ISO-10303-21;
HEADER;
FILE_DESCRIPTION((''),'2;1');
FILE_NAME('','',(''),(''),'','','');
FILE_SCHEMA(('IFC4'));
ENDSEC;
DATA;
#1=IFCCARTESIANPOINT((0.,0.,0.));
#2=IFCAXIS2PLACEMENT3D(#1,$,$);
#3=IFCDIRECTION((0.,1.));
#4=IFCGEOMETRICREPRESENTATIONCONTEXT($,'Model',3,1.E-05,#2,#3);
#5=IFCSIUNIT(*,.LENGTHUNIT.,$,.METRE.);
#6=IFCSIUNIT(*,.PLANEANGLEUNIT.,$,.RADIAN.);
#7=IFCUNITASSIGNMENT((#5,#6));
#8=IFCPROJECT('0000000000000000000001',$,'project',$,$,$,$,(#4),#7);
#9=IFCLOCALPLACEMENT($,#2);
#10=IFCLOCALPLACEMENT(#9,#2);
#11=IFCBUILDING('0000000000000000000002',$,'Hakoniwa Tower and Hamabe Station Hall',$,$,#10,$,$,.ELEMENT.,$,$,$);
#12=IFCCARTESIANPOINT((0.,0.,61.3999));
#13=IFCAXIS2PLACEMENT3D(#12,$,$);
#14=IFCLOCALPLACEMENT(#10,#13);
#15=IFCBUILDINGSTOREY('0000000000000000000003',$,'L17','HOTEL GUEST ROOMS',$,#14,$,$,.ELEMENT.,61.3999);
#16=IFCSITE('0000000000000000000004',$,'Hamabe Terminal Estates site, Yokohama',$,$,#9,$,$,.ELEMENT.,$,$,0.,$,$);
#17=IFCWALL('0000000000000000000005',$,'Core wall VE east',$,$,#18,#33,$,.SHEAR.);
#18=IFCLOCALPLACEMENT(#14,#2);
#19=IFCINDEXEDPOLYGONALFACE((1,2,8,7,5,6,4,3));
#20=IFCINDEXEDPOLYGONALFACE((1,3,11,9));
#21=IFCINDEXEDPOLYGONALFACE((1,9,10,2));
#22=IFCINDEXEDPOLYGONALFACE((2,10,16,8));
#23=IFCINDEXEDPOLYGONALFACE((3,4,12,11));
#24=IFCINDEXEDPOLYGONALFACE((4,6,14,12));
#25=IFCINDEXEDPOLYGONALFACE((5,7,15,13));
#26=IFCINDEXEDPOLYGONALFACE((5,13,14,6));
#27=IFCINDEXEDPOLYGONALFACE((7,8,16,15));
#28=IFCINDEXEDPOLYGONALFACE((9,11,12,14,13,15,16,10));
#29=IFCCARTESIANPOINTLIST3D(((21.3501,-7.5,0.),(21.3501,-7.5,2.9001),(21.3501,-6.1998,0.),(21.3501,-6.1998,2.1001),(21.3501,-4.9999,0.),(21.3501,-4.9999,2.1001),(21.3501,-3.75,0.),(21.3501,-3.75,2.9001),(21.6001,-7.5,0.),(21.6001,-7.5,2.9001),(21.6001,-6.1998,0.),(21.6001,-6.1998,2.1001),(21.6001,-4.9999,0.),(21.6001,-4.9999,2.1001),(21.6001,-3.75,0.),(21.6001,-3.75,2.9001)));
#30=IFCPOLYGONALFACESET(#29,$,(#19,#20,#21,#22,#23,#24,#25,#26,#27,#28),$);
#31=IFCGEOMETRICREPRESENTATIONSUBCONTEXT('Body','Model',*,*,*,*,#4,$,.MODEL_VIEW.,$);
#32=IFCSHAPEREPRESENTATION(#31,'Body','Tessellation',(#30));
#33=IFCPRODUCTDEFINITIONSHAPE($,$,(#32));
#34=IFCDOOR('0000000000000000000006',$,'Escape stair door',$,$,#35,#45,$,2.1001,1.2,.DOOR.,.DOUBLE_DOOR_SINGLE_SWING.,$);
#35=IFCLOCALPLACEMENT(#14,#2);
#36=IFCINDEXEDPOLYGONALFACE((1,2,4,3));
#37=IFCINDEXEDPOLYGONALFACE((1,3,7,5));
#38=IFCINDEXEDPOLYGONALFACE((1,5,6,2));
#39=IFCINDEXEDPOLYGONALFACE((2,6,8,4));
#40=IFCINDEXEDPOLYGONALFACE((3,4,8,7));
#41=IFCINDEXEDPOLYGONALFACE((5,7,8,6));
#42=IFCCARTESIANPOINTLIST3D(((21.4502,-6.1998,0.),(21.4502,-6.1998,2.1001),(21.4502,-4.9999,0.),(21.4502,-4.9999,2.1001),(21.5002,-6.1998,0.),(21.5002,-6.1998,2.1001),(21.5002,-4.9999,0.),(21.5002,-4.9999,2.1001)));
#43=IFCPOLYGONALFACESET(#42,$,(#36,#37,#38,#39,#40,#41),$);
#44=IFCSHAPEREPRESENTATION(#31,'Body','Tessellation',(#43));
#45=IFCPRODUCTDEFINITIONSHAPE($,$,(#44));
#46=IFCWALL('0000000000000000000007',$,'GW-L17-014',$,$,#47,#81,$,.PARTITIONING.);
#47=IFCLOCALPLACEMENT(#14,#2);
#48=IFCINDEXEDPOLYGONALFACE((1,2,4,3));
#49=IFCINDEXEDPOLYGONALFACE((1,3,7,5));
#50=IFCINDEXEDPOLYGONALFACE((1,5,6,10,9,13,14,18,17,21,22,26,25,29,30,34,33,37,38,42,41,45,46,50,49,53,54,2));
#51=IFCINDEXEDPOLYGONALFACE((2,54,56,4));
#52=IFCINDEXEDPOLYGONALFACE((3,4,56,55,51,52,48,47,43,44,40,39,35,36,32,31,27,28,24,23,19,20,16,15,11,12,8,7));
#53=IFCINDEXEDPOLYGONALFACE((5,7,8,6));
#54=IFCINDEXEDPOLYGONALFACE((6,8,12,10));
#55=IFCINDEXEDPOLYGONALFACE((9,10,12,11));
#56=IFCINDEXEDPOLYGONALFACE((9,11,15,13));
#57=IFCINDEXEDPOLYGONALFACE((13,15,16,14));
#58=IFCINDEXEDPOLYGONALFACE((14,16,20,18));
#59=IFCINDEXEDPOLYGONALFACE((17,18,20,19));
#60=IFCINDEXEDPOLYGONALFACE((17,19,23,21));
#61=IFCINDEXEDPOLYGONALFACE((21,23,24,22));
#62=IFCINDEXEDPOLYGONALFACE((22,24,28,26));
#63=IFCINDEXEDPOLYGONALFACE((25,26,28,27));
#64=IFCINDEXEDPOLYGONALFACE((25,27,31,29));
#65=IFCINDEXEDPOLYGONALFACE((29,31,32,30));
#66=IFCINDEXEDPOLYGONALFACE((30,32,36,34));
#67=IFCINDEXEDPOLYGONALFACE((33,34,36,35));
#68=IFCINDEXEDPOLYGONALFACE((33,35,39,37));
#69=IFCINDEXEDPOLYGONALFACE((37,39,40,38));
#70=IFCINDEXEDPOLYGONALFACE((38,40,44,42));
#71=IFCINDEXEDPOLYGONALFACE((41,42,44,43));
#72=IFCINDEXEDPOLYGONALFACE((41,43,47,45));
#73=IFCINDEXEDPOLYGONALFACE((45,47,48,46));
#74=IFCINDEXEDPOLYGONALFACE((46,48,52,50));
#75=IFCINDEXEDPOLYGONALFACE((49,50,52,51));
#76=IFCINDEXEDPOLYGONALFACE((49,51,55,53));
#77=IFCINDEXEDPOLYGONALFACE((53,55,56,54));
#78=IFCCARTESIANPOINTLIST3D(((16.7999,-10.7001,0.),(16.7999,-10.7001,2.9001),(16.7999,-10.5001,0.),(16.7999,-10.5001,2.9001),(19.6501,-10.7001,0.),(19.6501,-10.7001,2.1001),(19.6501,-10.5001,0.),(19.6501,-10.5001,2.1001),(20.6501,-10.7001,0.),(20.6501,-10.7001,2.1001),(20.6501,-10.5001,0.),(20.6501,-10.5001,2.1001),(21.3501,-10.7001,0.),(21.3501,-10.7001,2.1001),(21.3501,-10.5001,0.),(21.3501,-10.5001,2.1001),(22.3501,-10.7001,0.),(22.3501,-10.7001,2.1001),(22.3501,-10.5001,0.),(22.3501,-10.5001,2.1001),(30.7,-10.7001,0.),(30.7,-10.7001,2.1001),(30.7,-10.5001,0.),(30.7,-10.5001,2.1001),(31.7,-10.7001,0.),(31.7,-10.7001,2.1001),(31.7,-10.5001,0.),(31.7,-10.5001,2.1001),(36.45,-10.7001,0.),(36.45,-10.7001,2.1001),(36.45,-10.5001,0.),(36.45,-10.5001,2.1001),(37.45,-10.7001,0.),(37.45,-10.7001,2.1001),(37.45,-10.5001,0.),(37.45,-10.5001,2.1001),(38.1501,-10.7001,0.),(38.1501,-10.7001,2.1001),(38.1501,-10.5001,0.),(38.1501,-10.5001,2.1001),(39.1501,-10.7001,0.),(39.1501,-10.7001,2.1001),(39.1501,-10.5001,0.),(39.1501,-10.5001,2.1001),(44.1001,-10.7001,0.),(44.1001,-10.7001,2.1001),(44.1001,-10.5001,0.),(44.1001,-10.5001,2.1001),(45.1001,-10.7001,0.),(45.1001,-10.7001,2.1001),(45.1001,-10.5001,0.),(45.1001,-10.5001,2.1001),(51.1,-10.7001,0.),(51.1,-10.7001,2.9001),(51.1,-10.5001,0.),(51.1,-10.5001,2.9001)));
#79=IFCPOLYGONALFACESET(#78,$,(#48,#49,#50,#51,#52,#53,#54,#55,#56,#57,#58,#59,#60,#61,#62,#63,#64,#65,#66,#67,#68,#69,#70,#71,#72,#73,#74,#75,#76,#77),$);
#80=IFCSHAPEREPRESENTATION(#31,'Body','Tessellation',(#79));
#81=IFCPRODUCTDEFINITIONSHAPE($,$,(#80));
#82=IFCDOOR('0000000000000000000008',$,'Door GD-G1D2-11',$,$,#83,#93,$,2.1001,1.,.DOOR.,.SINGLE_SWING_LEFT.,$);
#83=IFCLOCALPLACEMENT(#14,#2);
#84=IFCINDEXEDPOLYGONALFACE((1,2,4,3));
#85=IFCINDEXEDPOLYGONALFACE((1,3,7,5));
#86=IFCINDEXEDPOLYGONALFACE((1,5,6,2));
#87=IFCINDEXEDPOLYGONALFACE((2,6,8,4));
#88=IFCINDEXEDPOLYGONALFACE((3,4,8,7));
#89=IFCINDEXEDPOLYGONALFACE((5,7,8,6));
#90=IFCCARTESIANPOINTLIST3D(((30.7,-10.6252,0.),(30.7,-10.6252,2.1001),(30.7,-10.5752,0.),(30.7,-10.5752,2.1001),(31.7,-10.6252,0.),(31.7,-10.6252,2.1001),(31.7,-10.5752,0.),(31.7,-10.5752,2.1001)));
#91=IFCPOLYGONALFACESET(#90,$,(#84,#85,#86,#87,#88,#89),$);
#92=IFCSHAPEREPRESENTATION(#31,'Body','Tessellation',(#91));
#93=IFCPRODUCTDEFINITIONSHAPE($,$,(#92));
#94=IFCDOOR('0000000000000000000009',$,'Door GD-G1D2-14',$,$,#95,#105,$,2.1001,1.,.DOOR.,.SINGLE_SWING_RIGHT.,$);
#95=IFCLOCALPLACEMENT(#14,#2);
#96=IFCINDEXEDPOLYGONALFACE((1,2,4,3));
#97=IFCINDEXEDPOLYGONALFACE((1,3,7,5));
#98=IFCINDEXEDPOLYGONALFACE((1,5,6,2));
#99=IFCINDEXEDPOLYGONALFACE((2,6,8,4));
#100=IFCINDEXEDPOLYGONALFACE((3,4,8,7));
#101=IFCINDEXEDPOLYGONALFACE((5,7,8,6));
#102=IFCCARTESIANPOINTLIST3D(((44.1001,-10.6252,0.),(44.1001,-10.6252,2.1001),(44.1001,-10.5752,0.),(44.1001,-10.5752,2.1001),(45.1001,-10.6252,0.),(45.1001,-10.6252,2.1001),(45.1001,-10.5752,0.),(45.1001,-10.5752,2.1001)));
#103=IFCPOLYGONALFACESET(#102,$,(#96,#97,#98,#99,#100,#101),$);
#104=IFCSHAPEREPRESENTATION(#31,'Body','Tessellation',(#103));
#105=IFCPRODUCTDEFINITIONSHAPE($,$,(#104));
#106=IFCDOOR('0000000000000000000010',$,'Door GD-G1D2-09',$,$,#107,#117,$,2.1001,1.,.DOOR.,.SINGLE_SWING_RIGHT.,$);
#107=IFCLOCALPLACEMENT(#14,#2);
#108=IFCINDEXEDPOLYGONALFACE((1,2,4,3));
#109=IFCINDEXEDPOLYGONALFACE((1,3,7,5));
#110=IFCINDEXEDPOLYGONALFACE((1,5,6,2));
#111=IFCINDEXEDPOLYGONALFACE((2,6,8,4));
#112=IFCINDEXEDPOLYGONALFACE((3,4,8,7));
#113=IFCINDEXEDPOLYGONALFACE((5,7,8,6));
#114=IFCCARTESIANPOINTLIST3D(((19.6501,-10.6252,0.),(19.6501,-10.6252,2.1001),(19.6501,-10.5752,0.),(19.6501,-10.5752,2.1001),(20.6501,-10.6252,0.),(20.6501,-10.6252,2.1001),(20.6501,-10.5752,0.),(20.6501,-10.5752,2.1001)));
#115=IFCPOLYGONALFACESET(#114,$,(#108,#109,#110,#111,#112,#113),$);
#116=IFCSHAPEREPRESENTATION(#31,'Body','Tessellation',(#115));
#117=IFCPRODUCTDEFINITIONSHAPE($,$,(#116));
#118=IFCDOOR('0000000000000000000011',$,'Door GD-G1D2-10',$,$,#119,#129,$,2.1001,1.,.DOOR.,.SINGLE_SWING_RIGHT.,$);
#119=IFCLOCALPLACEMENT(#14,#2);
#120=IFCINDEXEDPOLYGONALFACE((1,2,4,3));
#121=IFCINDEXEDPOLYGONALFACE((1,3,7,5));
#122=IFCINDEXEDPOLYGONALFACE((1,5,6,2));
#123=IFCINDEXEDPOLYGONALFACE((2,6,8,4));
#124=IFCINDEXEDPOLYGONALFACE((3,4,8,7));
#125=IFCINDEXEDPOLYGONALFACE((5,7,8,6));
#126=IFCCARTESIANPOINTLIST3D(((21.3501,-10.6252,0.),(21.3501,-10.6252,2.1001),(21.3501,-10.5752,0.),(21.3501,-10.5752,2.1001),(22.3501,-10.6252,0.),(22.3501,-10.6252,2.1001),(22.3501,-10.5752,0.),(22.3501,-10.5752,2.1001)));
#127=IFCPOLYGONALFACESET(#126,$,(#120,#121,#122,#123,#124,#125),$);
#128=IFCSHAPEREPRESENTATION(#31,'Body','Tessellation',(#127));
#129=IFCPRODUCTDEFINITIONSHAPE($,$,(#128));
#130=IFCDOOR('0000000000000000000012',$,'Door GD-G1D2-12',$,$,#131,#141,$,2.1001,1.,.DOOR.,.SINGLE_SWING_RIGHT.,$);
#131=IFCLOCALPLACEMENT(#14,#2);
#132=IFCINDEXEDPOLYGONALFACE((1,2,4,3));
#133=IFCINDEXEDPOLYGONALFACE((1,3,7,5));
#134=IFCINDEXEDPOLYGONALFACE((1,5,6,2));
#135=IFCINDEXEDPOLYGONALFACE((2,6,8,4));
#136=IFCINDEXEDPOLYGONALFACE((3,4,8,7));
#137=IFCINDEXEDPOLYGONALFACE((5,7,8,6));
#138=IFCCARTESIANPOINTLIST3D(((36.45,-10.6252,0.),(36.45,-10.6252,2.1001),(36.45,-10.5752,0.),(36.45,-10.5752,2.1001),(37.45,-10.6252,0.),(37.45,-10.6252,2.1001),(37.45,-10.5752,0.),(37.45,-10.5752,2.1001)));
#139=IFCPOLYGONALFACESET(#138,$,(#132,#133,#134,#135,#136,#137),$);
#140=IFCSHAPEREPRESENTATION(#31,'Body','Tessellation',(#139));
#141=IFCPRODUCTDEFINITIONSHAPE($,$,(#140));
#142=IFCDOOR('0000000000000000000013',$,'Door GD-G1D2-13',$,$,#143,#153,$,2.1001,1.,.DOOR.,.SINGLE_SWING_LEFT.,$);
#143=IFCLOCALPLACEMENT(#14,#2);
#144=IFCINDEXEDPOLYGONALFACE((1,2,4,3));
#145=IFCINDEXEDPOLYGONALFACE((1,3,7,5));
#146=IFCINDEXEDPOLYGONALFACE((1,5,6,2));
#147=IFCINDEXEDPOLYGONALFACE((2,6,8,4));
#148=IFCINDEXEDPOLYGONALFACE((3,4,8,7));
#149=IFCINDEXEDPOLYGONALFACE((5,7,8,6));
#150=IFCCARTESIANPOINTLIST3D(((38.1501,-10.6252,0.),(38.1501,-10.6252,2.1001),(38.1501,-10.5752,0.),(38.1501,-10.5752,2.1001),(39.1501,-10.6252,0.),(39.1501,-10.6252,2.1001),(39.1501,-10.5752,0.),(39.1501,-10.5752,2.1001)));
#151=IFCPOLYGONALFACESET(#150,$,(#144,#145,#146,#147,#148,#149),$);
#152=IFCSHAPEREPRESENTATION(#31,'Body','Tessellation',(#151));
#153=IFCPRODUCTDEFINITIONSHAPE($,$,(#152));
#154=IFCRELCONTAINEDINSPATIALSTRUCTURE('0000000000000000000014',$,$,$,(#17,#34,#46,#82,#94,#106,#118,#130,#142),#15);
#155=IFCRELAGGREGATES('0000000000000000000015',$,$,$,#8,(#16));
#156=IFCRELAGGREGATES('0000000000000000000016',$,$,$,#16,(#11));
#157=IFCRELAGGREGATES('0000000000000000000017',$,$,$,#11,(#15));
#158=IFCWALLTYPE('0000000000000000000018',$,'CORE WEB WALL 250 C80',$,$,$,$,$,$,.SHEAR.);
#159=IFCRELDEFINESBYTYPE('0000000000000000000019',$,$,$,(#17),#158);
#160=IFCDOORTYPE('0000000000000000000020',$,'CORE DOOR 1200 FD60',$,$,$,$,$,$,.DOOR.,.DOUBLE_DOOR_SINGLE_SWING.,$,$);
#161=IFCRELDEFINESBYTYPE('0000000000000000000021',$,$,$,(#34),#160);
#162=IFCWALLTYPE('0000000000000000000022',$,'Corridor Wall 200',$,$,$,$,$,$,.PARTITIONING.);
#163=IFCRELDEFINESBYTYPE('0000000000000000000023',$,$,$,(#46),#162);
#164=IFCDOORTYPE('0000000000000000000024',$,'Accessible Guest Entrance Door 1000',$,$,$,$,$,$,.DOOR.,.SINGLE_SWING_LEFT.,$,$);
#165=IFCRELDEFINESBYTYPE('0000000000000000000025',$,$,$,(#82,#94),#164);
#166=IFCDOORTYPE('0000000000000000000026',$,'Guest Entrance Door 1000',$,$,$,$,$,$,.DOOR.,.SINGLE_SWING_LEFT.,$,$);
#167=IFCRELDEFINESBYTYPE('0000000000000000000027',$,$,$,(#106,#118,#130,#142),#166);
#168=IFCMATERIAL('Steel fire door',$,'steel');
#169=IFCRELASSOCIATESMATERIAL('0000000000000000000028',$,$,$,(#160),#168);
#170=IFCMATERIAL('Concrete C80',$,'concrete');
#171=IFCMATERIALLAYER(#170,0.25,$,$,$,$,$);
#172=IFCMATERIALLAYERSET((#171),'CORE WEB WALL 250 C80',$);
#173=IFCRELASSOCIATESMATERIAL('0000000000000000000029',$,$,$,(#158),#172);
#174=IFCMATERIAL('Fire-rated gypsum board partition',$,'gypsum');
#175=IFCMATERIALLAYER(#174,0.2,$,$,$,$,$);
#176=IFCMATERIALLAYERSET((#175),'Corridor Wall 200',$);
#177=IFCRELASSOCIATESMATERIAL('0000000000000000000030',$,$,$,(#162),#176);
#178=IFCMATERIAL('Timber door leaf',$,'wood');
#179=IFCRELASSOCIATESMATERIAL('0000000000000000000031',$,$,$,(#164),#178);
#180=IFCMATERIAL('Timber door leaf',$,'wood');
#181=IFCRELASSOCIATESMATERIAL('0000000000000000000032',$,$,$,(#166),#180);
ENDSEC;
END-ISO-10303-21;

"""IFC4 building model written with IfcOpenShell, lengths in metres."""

from ifc_helpers import new_model, si_unit, direction, frame, frame_2d, origin, place, context, subcontext, project, spatial, rectangle, extrude, material, layer, layer_set, type_object, element, fill, save


model = new_model("IFC4")

# Units and contexts
model_context = context("Model", 3, precision=1e-05, world=origin(), true_north=direction((0.0, 1.0)))
body_context = subcontext(model_context, "Body", "Model", "MODEL_VIEW")
ifc_project = project(units=[si_unit("LENGTHUNIT", "METRE"), si_unit("PLANEANGLEUNIT", "RADIAN")], contexts=[model_context])

# Site, building, storey
site_placement = place(None, origin())
site = spatial("IfcSite", under=ifc_project, at=site_placement, Name="Hamabe Terminal Estates site, Yokohama", CompositionType="ELEMENT", RefElevation=0.0)
building_placement = place(site_placement, origin())
building = spatial("IfcBuilding", under=site, at=building_placement, Name="Hakoniwa Tower and Hamabe Station Hall", CompositionType="ELEMENT")
storey_placement = place(building_placement, frame((0.0, 0.0, 61.3999)))
storey = spatial("IfcBuildingStorey", under=building, at=storey_placement, Name="L17", Description="HOTEL GUEST ROOMS", CompositionType="ELEMENT", Elevation=61.3999)

# Shared definitions
ifc_material_1 = material(Name="Steel fire door", Category="steel")
door_type_1 = type_object("IfcDoorType", Name="CORE DOOR 1200 FD60", OperationType="DOUBLE_DOOR_SINGLE_SWING", PredefinedType="DOOR", material=ifc_material_1)

# Wall, opening, door
ifc_material_2 = material(Name="Concrete C80", Category="concrete")
ifc_layer_1 = layer(ifc_material_2, 0.25)
ifc_layer_set_1 = layer_set([ifc_layer_1], Name="CORE WEB WALL 250 C80")
wall_type_1 = type_object("IfcWallType", Name="CORE WEB WALL 250 C80", PredefinedType="SHEAR", material=ifc_layer_set_1)
wall_1_placement = place(storey_placement, frame((21.4751, -7.5, 0.0), z_axis=(0.0, 0.0, 1.0), x_axis=(0.0, 1.0, 0.0)))
wall_1 = element("IfcWall", 1, at=wall_1_placement, inside=storey, type_object=wall_type_1, Name="Core wall VE east", PredefinedType="SHEAR", context=body_context, shape_type="SweptSolid", body=[
    extrude(rectangle(XDim=3.75, YDim=0.25, at=frame_2d((1.875, 0.0))), origin(), (0.0, 0.0, 1.0), 2.9001),
])
opening_1_placement = place(wall_1_placement, frame((1.3, 0.0, 0.0)))
opening_1 = element("IfcOpeningElement", 2, at=opening_1_placement, cuts=wall_1, PredefinedType="OPENING", context=body_context, shape_type="SweptSolid", body=[
    extrude(rectangle(XDim=1.2, YDim=2.1001, at=frame_2d((0.6001, 1.05))), frame((0.0, 0.135, 0.0), z_axis=(0.0, -1.0, 0.0), x_axis=(1.0, 0.0, 0.0)), (0.0, 0.0, 1.0), 0.27),
])
door_1_placement = place(opening_1_placement, origin())
door_1 = element("IfcDoor", 3, at=door_1_placement, inside=storey, type_object=door_type_1, Name="Escape stair door", OperationType="DOUBLE_DOOR_SINGLE_SWING", OverallHeight=2.1001, OverallWidth=1.2, PredefinedType="DOOR", context=body_context, shape_type="SweptSolid", body=[
    extrude(rectangle(XDim=1.2, YDim=2.1001, at=frame_2d((0.6001, 1.05))), frame((0.0, 0.0249, 0.0), z_axis=(0.0, -1.0, 0.0), x_axis=(1.0, 0.0, 0.0)), (0.0, 0.0, 1.0), 0.05),
])
fill(opening_1, door_1)

# Wall, openings, doors
ifc_material_3 = material(Name="Fire-rated gypsum board partition", Category="gypsum")
ifc_layer_2 = layer(ifc_material_3, 0.2)
ifc_layer_set_2 = layer_set([ifc_layer_2], Name="Corridor Wall 200")
wall_type_2 = type_object("IfcWallType", Name="Corridor Wall 200", PredefinedType="PARTITIONING", material=ifc_layer_set_2)
wall_2_placement = place(storey_placement, frame((16.8, -10.6001, 0.0), z_axis=(0.0, 0.0, 1.0), x_axis=(1.0, 0.0, 0.0)))
wall_2 = element("IfcWall", 4, at=wall_2_placement, inside=storey, type_object=wall_type_2, Name="GW-L17-014", PredefinedType="PARTITIONING", context=body_context, shape_type="SweptSolid", body=[
    extrude(rectangle(XDim=34.3, YDim=0.2, at=frame_2d((17.1499, 0.0))), origin(), (0.0, 0.0, 1.0), 2.9001),
])
opening_2_placement = place(wall_2_placement, frame((2.8501, 0.0, 0.0)))
opening_2 = element("IfcOpeningElement", 5, at=opening_2_placement, cuts=wall_2, PredefinedType="OPENING", context=body_context, shape_type="SweptSolid", body=[
    extrude(rectangle(XDim=1.0, YDim=2.1001, at=frame_2d((0.5, 1.05))), frame((0.0, 0.1099, 0.0), z_axis=(0.0, -1.0, 0.0), x_axis=(1.0, 0.0, 0.0)), (0.0, 0.0, 1.0), 0.22),
])
opening_3_placement = place(wall_2_placement, frame((4.55, 0.0, 0.0)))
opening_3 = element("IfcOpeningElement", 6, at=opening_3_placement, cuts=wall_2, PredefinedType="OPENING", context=body_context, shape_type="SweptSolid", body=[
    extrude(rectangle(XDim=1.0, YDim=2.1001, at=frame_2d((0.5, 1.05))), frame((0.0, 0.1099, 0.0), z_axis=(0.0, -1.0, 0.0), x_axis=(1.0, 0.0, 0.0)), (0.0, 0.0, 1.0), 0.22),
])
opening_4_placement = place(wall_2_placement, frame((13.8999, 0.0, 0.0)))
opening_4 = element("IfcOpeningElement", 7, at=opening_4_placement, cuts=wall_2, PredefinedType="OPENING", context=body_context, shape_type="SweptSolid", body=[
    extrude(rectangle(XDim=1.0, YDim=2.1001, at=frame_2d((0.5, 1.05))), frame((0.0, 0.1099, 0.0), z_axis=(0.0, -1.0, 0.0), x_axis=(1.0, 0.0, 0.0)), (0.0, 0.0, 1.0), 0.22),
])
opening_5_placement = place(wall_2_placement, frame((19.6499, 0.0, 0.0)))
opening_5 = element("IfcOpeningElement", 8, at=opening_5_placement, cuts=wall_2, PredefinedType="OPENING", context=body_context, shape_type="SweptSolid", body=[
    extrude(rectangle(XDim=1.0, YDim=2.1001, at=frame_2d((0.5, 1.05))), frame((0.0, 0.1099, 0.0), z_axis=(0.0, -1.0, 0.0), x_axis=(1.0, 0.0, 0.0)), (0.0, 0.0, 1.0), 0.22),
])
opening_6_placement = place(wall_2_placement, frame((21.3501, 0.0, 0.0)))
opening_6 = element("IfcOpeningElement", 9, at=opening_6_placement, cuts=wall_2, PredefinedType="OPENING", context=body_context, shape_type="SweptSolid", body=[
    extrude(rectangle(XDim=1.0, YDim=2.1001, at=frame_2d((0.5, 1.05))), frame((0.0, 0.1099, 0.0), z_axis=(0.0, -1.0, 0.0), x_axis=(1.0, 0.0, 0.0)), (0.0, 0.0, 1.0), 0.22),
])
opening_7_placement = place(wall_2_placement, frame((27.3, 0.0, 0.0)))
opening_7 = element("IfcOpeningElement", 10, at=opening_7_placement, cuts=wall_2, PredefinedType="OPENING", context=body_context, shape_type="SweptSolid", body=[
    extrude(rectangle(XDim=1.0, YDim=2.1001, at=frame_2d((0.5, 1.05))), frame((0.0, 0.1099, 0.0), z_axis=(0.0, -1.0, 0.0), x_axis=(1.0, 0.0, 0.0)), (0.0, 0.0, 1.0), 0.22),
])
ifc_material_4 = material(Name="Timber door leaf", Category="wood")
door_type_2 = type_object("IfcDoorType", Name="Accessible Guest Entrance Door 1000", OperationType="SINGLE_SWING_LEFT", PredefinedType="DOOR", material=ifc_material_4)
door_2_placement = place(opening_4_placement, origin())
door_2 = element("IfcDoor", 11, at=door_2_placement, inside=storey, type_object=door_type_2, Name="Door GD-G1D2-11", OperationType="SINGLE_SWING_LEFT", OverallHeight=2.1001, OverallWidth=1.0, PredefinedType="DOOR", context=body_context, shape_type="SweptSolid", body=[
    extrude(rectangle(XDim=1.0, YDim=2.1001, at=frame_2d((0.5, 1.05))), frame((0.0, 0.0249, 0.0), z_axis=(0.0, -1.0, 0.0), x_axis=(1.0, 0.0, 0.0)), (0.0, 0.0, 1.0), 0.05),
])
fill(opening_4, door_2)
door_3_placement = place(opening_7_placement, origin())
door_3 = element("IfcDoor", 12, at=door_3_placement, inside=storey, type_object=door_type_2, Name="Door GD-G1D2-14", OperationType="SINGLE_SWING_RIGHT", OverallHeight=2.1001, OverallWidth=1.0, PredefinedType="DOOR", context=body_context, shape_type="SweptSolid", body=[
    extrude(rectangle(XDim=1.0, YDim=2.1001, at=frame_2d((0.5, 1.05))), frame((0.0, 0.0249, 0.0), z_axis=(0.0, -1.0, 0.0), x_axis=(1.0, 0.0, 0.0)), (0.0, 0.0, 1.0), 0.05),
])
fill(opening_7, door_3)
ifc_material_5 = material(Name="Timber door leaf", Category="wood")
door_type_3 = type_object("IfcDoorType", Name="Guest Entrance Door 1000", OperationType="SINGLE_SWING_LEFT", PredefinedType="DOOR", material=ifc_material_5)
door_4_placement = place(opening_2_placement, origin())
door_4 = element("IfcDoor", 13, at=door_4_placement, inside=storey, type_object=door_type_3, Name="Door GD-G1D2-09", OperationType="SINGLE_SWING_RIGHT", OverallHeight=2.1001, OverallWidth=1.0, PredefinedType="DOOR", context=body_context, shape_type="SweptSolid", body=[
    extrude(rectangle(XDim=1.0, YDim=2.1001, at=frame_2d((0.5, 1.05))), frame((0.0, 0.0249, 0.0), z_axis=(0.0, -1.0, 0.0), x_axis=(1.0, 0.0, 0.0)), (0.0, 0.0, 1.0), 0.05),
])
fill(opening_2, door_4)
door_5_placement = place(opening_3_placement, origin())
door_5 = element("IfcDoor", 14, at=door_5_placement, inside=storey, type_object=door_type_3, Name="Door GD-G1D2-10", OperationType="SINGLE_SWING_RIGHT", OverallHeight=2.1001, OverallWidth=1.0, PredefinedType="DOOR", context=body_context, shape_type="SweptSolid", body=[
    extrude(rectangle(XDim=1.0, YDim=2.1001, at=frame_2d((0.5, 1.05))), frame((0.0, 0.0249, 0.0), z_axis=(0.0, -1.0, 0.0), x_axis=(1.0, 0.0, 0.0)), (0.0, 0.0, 1.0), 0.05),
])
fill(opening_3, door_5)
door_6_placement = place(opening_5_placement, origin())
door_6 = element("IfcDoor", 15, at=door_6_placement, inside=storey, type_object=door_type_3, Name="Door GD-G1D2-12", OperationType="SINGLE_SWING_RIGHT", OverallHeight=2.1001, OverallWidth=1.0, PredefinedType="DOOR", context=body_context, shape_type="SweptSolid", body=[
    extrude(rectangle(XDim=1.0, YDim=2.1001, at=frame_2d((0.5, 1.05))), frame((0.0, 0.0249, 0.0), z_axis=(0.0, -1.0, 0.0), x_axis=(1.0, 0.0, 0.0)), (0.0, 0.0, 1.0), 0.05),
])
fill(opening_5, door_6)
door_7_placement = place(opening_6_placement, origin())
door_7 = element("IfcDoor", 16, at=door_7_placement, inside=storey, type_object=door_type_3, Name="Door GD-G1D2-13", OperationType="SINGLE_SWING_LEFT", OverallHeight=2.1001, OverallWidth=1.0, PredefinedType="DOOR", context=body_context, shape_type="SweptSolid", body=[
    extrude(rectangle(XDim=1.0, YDim=2.1001, at=frame_2d((0.5, 1.05))), frame((0.0, 0.0249, 0.0), z_axis=(0.0, -1.0, 0.0), x_axis=(1.0, 0.0, 0.0)), (0.0, 0.0, 1.0), 0.05),
])
fill(opening_6, door_7)

save(model, "model.ifc")
